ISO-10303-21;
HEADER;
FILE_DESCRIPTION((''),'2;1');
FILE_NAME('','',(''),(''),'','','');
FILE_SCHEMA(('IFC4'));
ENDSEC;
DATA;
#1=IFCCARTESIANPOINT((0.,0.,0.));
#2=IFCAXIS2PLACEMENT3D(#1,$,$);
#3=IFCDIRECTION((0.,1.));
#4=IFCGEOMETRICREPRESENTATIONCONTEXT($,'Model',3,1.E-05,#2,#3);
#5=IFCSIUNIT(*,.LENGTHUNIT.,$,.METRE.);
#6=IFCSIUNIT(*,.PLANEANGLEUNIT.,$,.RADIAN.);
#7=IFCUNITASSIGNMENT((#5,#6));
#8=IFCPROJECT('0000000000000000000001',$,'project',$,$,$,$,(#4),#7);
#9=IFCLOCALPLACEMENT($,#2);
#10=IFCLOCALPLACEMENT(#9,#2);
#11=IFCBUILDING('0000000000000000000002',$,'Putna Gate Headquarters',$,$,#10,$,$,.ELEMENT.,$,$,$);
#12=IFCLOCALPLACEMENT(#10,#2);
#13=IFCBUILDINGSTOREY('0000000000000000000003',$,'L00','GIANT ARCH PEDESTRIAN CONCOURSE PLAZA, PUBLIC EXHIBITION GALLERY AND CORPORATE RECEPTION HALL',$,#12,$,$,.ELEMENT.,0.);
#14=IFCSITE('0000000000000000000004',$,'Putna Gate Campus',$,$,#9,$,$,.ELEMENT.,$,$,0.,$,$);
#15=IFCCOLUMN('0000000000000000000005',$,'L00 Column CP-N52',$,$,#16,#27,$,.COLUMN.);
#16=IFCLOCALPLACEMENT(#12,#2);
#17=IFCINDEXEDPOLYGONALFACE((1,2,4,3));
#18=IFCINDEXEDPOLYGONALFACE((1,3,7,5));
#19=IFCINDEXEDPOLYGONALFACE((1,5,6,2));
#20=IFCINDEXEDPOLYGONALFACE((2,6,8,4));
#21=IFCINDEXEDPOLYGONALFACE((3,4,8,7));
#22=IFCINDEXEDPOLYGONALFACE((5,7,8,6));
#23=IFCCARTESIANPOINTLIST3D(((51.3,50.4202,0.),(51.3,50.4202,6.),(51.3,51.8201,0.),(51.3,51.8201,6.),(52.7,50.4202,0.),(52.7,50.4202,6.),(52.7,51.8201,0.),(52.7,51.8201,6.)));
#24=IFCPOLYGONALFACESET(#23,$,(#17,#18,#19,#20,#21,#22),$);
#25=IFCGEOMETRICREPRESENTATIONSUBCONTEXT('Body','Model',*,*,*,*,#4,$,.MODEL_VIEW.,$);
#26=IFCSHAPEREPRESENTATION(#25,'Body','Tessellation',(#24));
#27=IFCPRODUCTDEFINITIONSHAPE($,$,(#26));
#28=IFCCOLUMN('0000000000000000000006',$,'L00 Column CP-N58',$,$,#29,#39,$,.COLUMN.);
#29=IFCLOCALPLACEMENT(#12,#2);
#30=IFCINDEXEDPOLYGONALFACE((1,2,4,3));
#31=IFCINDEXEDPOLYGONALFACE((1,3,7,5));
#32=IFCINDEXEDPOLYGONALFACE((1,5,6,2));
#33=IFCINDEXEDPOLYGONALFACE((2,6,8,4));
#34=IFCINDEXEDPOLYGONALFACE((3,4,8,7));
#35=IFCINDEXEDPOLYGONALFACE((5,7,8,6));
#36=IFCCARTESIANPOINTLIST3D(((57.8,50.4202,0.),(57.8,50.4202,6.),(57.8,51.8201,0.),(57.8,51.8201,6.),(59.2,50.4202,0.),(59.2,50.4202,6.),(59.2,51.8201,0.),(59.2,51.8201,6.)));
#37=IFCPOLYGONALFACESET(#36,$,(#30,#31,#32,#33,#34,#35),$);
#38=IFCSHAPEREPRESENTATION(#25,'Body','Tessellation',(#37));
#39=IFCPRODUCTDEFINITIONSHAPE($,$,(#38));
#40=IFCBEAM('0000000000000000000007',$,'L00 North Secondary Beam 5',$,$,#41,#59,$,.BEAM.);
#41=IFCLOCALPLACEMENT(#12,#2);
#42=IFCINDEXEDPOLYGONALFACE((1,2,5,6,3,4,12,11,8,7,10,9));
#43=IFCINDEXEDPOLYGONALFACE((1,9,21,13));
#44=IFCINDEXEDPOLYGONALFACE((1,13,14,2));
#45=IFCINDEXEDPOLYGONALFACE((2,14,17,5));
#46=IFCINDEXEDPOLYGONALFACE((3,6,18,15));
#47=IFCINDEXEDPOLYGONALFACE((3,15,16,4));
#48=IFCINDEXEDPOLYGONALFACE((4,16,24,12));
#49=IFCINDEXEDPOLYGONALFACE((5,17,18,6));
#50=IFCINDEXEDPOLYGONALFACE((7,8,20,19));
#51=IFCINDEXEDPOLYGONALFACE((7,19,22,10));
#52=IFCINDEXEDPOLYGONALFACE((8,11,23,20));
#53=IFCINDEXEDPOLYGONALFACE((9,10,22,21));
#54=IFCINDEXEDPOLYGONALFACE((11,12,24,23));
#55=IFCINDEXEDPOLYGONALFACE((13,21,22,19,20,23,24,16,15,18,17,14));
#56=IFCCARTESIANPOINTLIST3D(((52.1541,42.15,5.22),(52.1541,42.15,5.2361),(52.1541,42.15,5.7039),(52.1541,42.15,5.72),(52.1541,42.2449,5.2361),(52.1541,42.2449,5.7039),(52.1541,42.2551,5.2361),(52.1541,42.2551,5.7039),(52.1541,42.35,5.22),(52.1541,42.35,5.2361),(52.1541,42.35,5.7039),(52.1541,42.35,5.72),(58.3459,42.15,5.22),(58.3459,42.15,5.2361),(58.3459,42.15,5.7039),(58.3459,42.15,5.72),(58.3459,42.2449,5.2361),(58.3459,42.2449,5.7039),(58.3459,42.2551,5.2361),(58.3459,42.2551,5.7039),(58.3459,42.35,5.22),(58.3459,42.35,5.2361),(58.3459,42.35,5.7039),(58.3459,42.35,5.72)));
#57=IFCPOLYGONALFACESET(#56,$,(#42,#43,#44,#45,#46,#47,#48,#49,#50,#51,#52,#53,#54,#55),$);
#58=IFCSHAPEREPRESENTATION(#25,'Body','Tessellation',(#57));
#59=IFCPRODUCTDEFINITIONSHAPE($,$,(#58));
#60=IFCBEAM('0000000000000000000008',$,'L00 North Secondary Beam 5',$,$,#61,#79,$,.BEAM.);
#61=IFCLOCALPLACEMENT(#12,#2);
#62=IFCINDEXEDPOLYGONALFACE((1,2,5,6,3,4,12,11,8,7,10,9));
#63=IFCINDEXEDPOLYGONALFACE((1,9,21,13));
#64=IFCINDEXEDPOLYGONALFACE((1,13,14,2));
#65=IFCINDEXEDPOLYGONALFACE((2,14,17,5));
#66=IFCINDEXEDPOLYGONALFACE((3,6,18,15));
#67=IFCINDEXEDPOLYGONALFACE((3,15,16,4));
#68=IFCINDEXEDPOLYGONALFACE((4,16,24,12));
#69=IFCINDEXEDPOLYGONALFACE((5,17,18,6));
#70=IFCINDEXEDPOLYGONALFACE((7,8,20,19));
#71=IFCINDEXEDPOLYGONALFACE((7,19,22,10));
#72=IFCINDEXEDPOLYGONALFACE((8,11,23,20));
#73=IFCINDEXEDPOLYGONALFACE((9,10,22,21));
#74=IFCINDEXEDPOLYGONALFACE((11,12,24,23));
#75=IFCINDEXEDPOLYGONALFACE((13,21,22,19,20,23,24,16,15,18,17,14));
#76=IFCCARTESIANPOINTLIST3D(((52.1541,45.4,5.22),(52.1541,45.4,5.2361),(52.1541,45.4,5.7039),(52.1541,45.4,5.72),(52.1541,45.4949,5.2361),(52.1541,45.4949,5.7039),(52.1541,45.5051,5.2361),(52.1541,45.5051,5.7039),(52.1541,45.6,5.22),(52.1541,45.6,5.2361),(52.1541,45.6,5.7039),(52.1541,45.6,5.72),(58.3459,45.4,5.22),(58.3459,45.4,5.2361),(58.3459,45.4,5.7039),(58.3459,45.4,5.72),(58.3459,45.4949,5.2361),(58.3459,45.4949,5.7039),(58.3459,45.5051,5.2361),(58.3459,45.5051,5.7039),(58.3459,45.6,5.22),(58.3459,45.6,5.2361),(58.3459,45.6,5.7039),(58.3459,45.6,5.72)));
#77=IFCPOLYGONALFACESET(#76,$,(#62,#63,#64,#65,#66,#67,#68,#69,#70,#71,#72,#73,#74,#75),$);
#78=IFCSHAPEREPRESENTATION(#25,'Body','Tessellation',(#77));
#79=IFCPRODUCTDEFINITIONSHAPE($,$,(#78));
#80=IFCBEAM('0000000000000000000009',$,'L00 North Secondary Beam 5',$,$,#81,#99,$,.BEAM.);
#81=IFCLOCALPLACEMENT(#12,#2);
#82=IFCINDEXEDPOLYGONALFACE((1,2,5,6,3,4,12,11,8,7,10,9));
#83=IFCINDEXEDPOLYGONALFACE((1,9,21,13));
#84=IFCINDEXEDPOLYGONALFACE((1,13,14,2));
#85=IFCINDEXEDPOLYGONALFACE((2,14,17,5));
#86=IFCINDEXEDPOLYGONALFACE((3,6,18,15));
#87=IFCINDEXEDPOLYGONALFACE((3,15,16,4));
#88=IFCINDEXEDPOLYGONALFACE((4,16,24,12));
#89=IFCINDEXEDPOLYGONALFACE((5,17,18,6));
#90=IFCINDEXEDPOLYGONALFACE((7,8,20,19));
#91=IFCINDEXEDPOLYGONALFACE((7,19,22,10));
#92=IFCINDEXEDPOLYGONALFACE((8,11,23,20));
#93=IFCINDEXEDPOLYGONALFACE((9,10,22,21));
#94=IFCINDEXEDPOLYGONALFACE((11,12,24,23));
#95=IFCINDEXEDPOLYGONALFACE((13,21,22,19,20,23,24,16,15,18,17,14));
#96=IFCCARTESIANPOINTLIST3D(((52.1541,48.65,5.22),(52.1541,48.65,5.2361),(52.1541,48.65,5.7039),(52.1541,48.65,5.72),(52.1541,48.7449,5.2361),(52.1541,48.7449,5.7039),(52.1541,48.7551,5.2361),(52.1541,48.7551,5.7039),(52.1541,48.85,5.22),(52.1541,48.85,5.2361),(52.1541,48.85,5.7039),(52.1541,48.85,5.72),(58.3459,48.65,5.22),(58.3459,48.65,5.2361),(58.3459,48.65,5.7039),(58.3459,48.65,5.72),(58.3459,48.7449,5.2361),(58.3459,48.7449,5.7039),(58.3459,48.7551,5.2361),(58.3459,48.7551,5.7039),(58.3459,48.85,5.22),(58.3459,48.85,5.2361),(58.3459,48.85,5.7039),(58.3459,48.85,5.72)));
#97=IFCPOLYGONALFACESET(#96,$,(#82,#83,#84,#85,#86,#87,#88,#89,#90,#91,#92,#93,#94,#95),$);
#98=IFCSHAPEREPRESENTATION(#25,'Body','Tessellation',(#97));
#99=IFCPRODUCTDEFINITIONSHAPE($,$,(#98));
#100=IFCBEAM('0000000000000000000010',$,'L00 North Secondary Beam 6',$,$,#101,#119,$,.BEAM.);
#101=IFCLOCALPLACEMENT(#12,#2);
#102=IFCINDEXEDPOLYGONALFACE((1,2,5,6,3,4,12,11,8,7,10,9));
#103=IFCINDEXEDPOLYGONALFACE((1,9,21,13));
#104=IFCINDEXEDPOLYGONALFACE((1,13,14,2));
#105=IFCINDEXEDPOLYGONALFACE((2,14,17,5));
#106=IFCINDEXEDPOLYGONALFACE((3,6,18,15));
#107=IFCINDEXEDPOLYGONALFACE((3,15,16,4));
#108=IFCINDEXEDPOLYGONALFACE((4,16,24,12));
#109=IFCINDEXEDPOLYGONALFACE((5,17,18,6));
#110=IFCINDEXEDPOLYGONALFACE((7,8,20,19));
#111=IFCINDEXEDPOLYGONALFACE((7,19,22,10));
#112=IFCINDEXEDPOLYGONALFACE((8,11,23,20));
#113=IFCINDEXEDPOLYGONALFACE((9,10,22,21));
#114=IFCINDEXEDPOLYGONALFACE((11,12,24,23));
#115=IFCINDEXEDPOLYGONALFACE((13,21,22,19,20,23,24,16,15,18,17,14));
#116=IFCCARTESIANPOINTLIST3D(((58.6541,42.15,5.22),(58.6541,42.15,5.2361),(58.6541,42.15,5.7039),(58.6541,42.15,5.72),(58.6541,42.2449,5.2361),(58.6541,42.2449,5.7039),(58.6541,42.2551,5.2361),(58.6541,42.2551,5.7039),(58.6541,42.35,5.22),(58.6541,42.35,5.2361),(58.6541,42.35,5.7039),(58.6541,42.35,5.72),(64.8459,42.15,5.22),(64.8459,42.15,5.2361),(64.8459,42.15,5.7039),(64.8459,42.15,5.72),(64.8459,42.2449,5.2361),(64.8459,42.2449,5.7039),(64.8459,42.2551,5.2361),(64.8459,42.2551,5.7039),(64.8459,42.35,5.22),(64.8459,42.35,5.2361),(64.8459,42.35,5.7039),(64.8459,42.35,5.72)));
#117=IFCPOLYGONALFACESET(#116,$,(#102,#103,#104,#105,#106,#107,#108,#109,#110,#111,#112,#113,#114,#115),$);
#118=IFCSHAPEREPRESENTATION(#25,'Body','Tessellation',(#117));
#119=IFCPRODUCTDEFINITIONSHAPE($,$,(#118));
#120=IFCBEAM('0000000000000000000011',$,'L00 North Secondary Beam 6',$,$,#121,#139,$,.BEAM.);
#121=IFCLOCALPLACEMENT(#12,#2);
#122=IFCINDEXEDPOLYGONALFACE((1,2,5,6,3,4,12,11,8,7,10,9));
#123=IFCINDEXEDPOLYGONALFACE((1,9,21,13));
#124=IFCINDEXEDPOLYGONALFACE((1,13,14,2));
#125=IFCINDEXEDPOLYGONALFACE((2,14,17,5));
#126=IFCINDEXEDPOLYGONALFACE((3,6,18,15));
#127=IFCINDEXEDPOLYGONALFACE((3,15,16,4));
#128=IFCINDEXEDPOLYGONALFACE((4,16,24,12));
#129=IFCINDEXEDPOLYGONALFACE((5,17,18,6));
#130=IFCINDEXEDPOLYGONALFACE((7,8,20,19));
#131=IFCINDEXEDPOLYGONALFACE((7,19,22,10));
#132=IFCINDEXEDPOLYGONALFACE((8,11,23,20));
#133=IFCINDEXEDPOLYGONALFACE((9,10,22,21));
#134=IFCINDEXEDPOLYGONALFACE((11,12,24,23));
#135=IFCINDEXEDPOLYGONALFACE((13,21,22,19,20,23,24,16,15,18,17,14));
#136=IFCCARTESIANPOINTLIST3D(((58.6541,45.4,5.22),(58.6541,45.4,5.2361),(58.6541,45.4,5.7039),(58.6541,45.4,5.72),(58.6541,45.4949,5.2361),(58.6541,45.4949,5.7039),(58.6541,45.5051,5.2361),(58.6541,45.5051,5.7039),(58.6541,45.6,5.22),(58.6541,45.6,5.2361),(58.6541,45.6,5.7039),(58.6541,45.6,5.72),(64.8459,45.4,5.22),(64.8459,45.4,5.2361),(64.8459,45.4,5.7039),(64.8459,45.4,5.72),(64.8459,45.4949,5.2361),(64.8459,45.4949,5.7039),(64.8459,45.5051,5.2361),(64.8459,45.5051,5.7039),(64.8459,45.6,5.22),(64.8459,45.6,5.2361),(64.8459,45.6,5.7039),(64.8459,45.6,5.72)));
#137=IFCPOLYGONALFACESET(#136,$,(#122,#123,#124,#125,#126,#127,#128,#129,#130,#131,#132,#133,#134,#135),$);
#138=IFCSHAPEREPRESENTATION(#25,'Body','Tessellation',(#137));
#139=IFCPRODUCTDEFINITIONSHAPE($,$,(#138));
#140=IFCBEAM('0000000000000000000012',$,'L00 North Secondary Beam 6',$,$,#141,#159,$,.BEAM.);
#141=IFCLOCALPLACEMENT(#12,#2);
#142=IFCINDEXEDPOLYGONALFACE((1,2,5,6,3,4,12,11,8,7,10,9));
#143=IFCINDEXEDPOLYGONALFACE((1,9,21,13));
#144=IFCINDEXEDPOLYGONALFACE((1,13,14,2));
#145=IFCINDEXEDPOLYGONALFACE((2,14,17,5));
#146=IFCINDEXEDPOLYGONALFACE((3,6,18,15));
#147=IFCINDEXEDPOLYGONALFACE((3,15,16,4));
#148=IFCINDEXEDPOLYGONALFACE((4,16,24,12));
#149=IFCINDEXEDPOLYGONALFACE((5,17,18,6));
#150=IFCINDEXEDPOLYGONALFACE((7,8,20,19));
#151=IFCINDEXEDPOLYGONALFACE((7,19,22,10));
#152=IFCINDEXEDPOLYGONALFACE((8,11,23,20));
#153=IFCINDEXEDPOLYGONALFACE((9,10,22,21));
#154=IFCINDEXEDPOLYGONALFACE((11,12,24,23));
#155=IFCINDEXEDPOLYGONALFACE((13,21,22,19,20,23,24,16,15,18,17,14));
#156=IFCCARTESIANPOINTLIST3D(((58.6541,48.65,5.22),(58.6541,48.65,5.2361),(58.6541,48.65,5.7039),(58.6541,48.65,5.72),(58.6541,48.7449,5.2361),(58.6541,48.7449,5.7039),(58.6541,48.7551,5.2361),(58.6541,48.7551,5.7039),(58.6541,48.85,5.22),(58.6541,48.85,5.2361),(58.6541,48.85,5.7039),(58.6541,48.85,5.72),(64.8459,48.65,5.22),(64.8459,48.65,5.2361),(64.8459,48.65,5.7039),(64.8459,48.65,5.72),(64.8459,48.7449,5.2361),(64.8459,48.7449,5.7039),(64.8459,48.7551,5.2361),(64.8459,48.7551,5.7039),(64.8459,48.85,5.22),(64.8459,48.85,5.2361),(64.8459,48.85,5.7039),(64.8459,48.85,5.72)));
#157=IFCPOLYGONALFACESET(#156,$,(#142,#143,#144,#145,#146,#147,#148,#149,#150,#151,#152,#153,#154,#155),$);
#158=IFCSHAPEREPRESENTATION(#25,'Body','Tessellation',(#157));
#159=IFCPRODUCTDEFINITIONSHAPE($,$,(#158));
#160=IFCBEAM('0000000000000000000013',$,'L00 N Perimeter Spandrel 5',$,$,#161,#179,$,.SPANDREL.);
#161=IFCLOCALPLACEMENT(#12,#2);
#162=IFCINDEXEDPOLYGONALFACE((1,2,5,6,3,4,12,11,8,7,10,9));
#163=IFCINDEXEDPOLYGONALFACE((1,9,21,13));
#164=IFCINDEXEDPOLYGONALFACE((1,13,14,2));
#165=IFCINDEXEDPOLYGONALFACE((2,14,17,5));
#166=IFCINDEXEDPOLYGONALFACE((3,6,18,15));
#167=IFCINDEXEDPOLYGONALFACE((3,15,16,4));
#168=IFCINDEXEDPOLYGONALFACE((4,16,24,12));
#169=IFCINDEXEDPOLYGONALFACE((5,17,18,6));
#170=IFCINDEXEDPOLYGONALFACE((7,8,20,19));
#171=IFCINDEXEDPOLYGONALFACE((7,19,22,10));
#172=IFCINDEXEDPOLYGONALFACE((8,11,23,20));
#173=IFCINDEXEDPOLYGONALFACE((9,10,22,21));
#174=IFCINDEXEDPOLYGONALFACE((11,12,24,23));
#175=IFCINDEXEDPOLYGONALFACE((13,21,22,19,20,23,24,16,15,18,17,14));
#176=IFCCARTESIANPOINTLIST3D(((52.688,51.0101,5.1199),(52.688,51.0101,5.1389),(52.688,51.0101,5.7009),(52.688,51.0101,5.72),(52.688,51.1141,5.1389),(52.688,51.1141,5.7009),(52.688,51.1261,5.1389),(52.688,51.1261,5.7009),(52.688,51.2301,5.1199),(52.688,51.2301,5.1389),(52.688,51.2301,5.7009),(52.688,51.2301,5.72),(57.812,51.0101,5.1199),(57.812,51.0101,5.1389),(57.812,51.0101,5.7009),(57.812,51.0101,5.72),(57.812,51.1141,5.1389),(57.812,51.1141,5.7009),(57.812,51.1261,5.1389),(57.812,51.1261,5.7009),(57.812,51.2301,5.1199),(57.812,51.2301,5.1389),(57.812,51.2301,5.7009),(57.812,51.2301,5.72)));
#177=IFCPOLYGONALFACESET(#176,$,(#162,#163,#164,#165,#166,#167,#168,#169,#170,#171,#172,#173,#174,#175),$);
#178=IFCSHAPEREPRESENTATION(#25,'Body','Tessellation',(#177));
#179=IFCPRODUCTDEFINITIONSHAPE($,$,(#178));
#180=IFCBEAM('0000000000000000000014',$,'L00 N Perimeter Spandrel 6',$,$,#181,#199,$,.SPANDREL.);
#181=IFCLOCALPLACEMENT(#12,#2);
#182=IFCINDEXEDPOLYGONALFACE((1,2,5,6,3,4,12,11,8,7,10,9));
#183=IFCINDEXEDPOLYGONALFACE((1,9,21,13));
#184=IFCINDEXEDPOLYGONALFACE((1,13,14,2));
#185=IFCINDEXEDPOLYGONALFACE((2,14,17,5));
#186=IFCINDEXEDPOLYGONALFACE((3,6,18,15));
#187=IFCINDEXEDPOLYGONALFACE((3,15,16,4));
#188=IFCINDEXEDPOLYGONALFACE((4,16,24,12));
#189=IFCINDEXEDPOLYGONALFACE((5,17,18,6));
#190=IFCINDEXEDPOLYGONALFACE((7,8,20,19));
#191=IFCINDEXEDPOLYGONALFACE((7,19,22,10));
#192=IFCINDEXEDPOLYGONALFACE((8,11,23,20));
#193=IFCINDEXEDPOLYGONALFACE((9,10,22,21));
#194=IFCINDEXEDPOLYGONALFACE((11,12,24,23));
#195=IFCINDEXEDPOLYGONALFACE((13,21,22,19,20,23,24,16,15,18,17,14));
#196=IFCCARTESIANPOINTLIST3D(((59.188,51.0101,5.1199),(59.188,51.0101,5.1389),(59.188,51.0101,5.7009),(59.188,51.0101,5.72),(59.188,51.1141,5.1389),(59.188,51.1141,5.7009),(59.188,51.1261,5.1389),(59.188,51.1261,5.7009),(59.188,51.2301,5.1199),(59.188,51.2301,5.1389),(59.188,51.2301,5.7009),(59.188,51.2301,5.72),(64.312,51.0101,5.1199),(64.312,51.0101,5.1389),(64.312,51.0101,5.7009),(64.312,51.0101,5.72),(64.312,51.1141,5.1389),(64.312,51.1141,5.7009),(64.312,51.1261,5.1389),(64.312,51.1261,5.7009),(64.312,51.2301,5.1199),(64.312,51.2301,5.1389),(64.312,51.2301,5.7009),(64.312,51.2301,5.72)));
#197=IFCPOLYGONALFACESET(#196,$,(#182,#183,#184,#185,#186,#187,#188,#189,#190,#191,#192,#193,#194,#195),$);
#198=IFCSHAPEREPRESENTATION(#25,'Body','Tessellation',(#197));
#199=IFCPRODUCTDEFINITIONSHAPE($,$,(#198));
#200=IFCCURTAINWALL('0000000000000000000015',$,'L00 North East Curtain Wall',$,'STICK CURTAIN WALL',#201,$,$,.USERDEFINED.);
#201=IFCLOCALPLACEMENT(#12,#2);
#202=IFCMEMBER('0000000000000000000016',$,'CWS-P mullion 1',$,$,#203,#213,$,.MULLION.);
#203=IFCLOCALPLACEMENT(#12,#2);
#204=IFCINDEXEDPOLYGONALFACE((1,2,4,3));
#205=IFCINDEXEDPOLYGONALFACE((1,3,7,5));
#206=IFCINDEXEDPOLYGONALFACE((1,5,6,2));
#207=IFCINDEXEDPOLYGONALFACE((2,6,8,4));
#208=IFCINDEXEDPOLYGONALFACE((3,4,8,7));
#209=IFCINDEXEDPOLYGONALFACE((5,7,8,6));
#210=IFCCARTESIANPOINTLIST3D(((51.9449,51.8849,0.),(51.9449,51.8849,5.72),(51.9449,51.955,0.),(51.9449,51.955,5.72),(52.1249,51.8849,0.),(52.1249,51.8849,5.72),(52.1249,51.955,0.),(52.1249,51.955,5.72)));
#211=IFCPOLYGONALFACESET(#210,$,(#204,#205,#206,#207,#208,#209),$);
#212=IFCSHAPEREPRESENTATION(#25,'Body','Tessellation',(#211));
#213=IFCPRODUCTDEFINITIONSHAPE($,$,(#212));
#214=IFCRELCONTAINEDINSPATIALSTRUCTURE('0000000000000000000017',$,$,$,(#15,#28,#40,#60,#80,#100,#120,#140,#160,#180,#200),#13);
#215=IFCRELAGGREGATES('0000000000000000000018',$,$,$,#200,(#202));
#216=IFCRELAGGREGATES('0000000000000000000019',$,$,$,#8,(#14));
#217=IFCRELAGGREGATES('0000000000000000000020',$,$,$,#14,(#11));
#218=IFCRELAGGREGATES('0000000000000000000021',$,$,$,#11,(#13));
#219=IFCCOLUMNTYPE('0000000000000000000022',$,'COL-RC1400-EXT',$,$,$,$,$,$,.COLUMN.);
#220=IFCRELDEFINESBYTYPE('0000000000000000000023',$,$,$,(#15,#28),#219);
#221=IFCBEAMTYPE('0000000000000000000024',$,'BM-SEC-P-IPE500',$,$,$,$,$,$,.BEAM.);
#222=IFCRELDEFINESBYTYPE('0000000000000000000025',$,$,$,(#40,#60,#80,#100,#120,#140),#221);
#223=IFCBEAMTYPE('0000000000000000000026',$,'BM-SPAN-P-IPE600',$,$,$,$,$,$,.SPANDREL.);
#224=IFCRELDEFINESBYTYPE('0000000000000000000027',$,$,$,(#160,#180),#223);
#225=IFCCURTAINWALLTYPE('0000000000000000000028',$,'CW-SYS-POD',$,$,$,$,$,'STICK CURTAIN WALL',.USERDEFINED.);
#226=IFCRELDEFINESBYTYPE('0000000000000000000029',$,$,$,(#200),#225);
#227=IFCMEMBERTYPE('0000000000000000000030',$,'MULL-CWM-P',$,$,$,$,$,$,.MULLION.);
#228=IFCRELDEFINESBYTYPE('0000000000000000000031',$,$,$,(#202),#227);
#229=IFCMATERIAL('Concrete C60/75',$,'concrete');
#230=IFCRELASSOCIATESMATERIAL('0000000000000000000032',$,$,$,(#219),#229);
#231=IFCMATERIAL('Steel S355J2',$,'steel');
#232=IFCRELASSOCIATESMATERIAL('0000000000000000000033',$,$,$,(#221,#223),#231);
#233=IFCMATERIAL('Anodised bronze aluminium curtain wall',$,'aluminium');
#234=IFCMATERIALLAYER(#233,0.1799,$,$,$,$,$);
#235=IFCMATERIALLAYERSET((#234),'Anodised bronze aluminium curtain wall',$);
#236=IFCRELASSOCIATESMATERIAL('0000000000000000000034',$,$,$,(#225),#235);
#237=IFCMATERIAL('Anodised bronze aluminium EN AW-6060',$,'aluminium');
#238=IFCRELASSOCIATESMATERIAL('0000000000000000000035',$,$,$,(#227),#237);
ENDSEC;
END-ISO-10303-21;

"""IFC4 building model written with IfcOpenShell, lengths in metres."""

from ifc_helpers import new_model, si_unit, direction, frame, origin, origin_2d, place, context, subcontext, project, spatial, rectangle, i_section, extrude, material, layer, layer_set, material_profile, profile_set, type_object, element, aggregate, save


model = new_model("IFC4")

# Units and contexts
model_context = context("Model", 3, precision=1e-05, world=origin(), true_north=direction((0.0, 1.0)))
body_context = subcontext(model_context, "Body", "Model", "MODEL_VIEW")
ifc_project = project(units=[si_unit("LENGTHUNIT", "METRE"), si_unit("PLANEANGLEUNIT", "RADIAN")], contexts=[model_context])

# Site, building, storey
site_placement = place(None, origin())
site = spatial("IfcSite", under=ifc_project, at=site_placement, Name="Putna Gate Campus", CompositionType="ELEMENT", RefElevation=0.0)
building_placement = place(site_placement, origin())
building = spatial("IfcBuilding", under=site, at=building_placement, Name="Putna Gate Headquarters", CompositionType="ELEMENT")
storey_placement = place(building_placement, origin())
storey = spatial("IfcBuildingStorey", under=building, at=storey_placement, Name="L00", Description="GIANT ARCH PEDESTRIAN CONCOURSE PLAZA, PUBLIC EXHIBITION GALLERY AND CORPORATE RECEPTION HALL", CompositionType="ELEMENT", Elevation=0.0)

# Columns
ifc_material_1 = material(Name="Concrete C60/75", Category="concrete")
ifc_material_profile_1 = material_profile(ifc_material_1, rectangle(XDim=1.3999, YDim=1.3999, at=origin_2d()), Name="Concrete C60/75")
ifc_profile_set_1 = profile_set([ifc_material_profile_1], Name="Concrete C60/75")
column_type = type_object("IfcColumnType", Name="COL-RC1400-EXT", PredefinedType="COLUMN", material=ifc_profile_set_1)
for number, where, z_axis, x_axis, name in (
    (1, (52.0, 51.1201, 0.0), (0.0, 0.0, 1.0), (1.0, 0.0, 0.0), "L00 Column CP-N52"),
    (2, (58.5, 51.1201, 0.0), (0.0, 0.0, 1.0), (1.0, 0.0, 0.0), "L00 Column CP-N58"),
):
    element("IfcColumn", number, at=place(storey_placement, frame(where, z_axis=z_axis, x_axis=x_axis)), inside=storey, type_object=column_type, Name=name, PredefinedType="COLUMN", context=body_context, shape_type="SweptSolid", body=[
        extrude(rectangle(XDim=1.3999, YDim=1.3999, at=origin_2d()), origin(), (0.0, 0.0, 1.0), 6.0),
    ])

# Beams
ifc_material_2 = material(Name="Steel S355J2", Category="steel")
ifc_material_profile_2 = material_profile(ifc_material_2, i_section(OverallWidth=0.2, OverallDepth=0.5, WebThickness=0.0103, FlangeThickness=0.0161, at=origin_2d()), Name="Steel S355J2")
ifc_profile_set_2 = profile_set([ifc_material_profile_2], Name="Steel S355J2")
beam_type_1 = type_object("IfcBeamType", Name="BM-SEC-P-IPE500", PredefinedType="BEAM", material=ifc_profile_set_2)
for number, where, z_axis, x_axis, name in (
    (3, (52.1541, 42.25, 5.47), (1.0, 0.0, 0.0), (0.0, 1.0, 0.0), "L00 North Secondary Beam 5"),
    (4, (52.1541, 45.5, 5.47), (1.0, 0.0, 0.0), (0.0, 1.0, 0.0), "L00 North Secondary Beam 5"),
    (5, (52.1541, 48.75, 5.47), (1.0, 0.0, 0.0), (0.0, 1.0, 0.0), "L00 North Secondary Beam 5"),
    (6, (58.6541, 42.25, 5.47), (1.0, 0.0, 0.0), (0.0, 1.0, 0.0), "L00 North Secondary Beam 6"),
    (7, (58.6541, 45.5, 5.47), (1.0, 0.0, 0.0), (0.0, 1.0, 0.0), "L00 North Secondary Beam 6"),
    (8, (58.6541, 48.75, 5.47), (1.0, 0.0, 0.0), (0.0, 1.0, 0.0), "L00 North Secondary Beam 6"),
):
    element("IfcBeam", number, at=place(storey_placement, frame(where, z_axis=z_axis, x_axis=x_axis)), inside=storey, type_object=beam_type_1, Name=name, PredefinedType="BEAM", context=body_context, shape_type="SweptSolid", body=[
        extrude(i_section(OverallWidth=0.2, OverallDepth=0.5, WebThickness=0.0103, FlangeThickness=0.0161, at=origin_2d()), origin(), (0.0, 0.0, 1.0), 6.1919),
    ])
ifc_material_profile_3 = material_profile(ifc_material_2, i_section(OverallWidth=0.22, OverallDepth=0.6001, WebThickness=0.012, FlangeThickness=0.019, at=origin_2d()), Name="Steel S355J2")
ifc_profile_set_3 = profile_set([ifc_material_profile_3], Name="Steel S355J2")
beam_type_2 = type_object("IfcBeamType", Name="BM-SPAN-P-IPE600", PredefinedType="SPANDREL", material=ifc_profile_set_3)
for number, where, z_axis, x_axis, name in (
    (9, (52.688, 51.1201, 5.4199), (1.0, 0.0, 0.0), (0.0, 1.0, 0.0), "L00 N Perimeter Spandrel 5"),
    (10, (59.188, 51.1201, 5.4199), (1.0, 0.0, 0.0), (0.0, 1.0, 0.0), "L00 N Perimeter Spandrel 6"),
):
    element("IfcBeam", number, at=place(storey_placement, frame(where, z_axis=z_axis, x_axis=x_axis)), inside=storey, type_object=beam_type_2, Name=name, PredefinedType="SPANDREL", context=body_context, shape_type="SweptSolid", body=[
        extrude(i_section(OverallWidth=0.22, OverallDepth=0.6001, WebThickness=0.012, FlangeThickness=0.019, at=origin_2d()), origin(), (0.0, 0.0, 1.0), 5.124),
    ])

# Curtain wall, member
ifc_material_3 = material(Name="Anodised bronze aluminium curtain wall", Category="aluminium")
ifc_layer_1 = layer(ifc_material_3, 0.1799)
ifc_layer_set_1 = layer_set([ifc_layer_1], Name="Anodised bronze aluminium curtain wall")
curtain_wall_type = type_object("IfcCurtainWallType", Name="CW-SYS-POD", ElementType="STICK CURTAIN WALL", PredefinedType="USERDEFINED", material=ifc_layer_set_1)
curtain_wall_placement = place(storey_placement, origin())
curtain_wall = element("IfcCurtainWall", 11, at=curtain_wall_placement, inside=storey, type_object=curtain_wall_type, Name="L00 North East Curtain Wall", ObjectType="STICK CURTAIN WALL", PredefinedType="USERDEFINED")
ifc_material_4 = material(Name="Anodised bronze aluminium EN AW-6060", Category="aluminium")
ifc_material_profile_4 = material_profile(ifc_material_4, rectangle(XDim=0.0701, YDim=0.1799, at=origin_2d()), Name="Anodised bronze aluminium EN AW-6060")
ifc_profile_set_4 = profile_set([ifc_material_profile_4], Name="Anodised bronze aluminium EN AW-6060")
member_type_1 = type_object("IfcMemberType", Name="MULL-CWM-P", PredefinedType="MULLION", material=ifc_profile_set_4)
member_1_placement = place(storey_placement, frame((52.0349, 51.9199, 0.0), z_axis=(0.0, 0.0, 1.0), x_axis=(0.0, 1.0, 0.0)))
member_1 = element("IfcMember", 12, at=member_1_placement, type_object=member_type_1, Name="CWS-P mullion 1", PredefinedType="MULLION", context=body_context, shape_type="SweptSolid", body=[
    extrude(rectangle(XDim=0.0701, YDim=0.1799, at=origin_2d()), origin(), (0.0, 0.0, 1.0), 5.72),
])
aggregate(curtain_wall, [member_1])

save(model, "model.ifc")
